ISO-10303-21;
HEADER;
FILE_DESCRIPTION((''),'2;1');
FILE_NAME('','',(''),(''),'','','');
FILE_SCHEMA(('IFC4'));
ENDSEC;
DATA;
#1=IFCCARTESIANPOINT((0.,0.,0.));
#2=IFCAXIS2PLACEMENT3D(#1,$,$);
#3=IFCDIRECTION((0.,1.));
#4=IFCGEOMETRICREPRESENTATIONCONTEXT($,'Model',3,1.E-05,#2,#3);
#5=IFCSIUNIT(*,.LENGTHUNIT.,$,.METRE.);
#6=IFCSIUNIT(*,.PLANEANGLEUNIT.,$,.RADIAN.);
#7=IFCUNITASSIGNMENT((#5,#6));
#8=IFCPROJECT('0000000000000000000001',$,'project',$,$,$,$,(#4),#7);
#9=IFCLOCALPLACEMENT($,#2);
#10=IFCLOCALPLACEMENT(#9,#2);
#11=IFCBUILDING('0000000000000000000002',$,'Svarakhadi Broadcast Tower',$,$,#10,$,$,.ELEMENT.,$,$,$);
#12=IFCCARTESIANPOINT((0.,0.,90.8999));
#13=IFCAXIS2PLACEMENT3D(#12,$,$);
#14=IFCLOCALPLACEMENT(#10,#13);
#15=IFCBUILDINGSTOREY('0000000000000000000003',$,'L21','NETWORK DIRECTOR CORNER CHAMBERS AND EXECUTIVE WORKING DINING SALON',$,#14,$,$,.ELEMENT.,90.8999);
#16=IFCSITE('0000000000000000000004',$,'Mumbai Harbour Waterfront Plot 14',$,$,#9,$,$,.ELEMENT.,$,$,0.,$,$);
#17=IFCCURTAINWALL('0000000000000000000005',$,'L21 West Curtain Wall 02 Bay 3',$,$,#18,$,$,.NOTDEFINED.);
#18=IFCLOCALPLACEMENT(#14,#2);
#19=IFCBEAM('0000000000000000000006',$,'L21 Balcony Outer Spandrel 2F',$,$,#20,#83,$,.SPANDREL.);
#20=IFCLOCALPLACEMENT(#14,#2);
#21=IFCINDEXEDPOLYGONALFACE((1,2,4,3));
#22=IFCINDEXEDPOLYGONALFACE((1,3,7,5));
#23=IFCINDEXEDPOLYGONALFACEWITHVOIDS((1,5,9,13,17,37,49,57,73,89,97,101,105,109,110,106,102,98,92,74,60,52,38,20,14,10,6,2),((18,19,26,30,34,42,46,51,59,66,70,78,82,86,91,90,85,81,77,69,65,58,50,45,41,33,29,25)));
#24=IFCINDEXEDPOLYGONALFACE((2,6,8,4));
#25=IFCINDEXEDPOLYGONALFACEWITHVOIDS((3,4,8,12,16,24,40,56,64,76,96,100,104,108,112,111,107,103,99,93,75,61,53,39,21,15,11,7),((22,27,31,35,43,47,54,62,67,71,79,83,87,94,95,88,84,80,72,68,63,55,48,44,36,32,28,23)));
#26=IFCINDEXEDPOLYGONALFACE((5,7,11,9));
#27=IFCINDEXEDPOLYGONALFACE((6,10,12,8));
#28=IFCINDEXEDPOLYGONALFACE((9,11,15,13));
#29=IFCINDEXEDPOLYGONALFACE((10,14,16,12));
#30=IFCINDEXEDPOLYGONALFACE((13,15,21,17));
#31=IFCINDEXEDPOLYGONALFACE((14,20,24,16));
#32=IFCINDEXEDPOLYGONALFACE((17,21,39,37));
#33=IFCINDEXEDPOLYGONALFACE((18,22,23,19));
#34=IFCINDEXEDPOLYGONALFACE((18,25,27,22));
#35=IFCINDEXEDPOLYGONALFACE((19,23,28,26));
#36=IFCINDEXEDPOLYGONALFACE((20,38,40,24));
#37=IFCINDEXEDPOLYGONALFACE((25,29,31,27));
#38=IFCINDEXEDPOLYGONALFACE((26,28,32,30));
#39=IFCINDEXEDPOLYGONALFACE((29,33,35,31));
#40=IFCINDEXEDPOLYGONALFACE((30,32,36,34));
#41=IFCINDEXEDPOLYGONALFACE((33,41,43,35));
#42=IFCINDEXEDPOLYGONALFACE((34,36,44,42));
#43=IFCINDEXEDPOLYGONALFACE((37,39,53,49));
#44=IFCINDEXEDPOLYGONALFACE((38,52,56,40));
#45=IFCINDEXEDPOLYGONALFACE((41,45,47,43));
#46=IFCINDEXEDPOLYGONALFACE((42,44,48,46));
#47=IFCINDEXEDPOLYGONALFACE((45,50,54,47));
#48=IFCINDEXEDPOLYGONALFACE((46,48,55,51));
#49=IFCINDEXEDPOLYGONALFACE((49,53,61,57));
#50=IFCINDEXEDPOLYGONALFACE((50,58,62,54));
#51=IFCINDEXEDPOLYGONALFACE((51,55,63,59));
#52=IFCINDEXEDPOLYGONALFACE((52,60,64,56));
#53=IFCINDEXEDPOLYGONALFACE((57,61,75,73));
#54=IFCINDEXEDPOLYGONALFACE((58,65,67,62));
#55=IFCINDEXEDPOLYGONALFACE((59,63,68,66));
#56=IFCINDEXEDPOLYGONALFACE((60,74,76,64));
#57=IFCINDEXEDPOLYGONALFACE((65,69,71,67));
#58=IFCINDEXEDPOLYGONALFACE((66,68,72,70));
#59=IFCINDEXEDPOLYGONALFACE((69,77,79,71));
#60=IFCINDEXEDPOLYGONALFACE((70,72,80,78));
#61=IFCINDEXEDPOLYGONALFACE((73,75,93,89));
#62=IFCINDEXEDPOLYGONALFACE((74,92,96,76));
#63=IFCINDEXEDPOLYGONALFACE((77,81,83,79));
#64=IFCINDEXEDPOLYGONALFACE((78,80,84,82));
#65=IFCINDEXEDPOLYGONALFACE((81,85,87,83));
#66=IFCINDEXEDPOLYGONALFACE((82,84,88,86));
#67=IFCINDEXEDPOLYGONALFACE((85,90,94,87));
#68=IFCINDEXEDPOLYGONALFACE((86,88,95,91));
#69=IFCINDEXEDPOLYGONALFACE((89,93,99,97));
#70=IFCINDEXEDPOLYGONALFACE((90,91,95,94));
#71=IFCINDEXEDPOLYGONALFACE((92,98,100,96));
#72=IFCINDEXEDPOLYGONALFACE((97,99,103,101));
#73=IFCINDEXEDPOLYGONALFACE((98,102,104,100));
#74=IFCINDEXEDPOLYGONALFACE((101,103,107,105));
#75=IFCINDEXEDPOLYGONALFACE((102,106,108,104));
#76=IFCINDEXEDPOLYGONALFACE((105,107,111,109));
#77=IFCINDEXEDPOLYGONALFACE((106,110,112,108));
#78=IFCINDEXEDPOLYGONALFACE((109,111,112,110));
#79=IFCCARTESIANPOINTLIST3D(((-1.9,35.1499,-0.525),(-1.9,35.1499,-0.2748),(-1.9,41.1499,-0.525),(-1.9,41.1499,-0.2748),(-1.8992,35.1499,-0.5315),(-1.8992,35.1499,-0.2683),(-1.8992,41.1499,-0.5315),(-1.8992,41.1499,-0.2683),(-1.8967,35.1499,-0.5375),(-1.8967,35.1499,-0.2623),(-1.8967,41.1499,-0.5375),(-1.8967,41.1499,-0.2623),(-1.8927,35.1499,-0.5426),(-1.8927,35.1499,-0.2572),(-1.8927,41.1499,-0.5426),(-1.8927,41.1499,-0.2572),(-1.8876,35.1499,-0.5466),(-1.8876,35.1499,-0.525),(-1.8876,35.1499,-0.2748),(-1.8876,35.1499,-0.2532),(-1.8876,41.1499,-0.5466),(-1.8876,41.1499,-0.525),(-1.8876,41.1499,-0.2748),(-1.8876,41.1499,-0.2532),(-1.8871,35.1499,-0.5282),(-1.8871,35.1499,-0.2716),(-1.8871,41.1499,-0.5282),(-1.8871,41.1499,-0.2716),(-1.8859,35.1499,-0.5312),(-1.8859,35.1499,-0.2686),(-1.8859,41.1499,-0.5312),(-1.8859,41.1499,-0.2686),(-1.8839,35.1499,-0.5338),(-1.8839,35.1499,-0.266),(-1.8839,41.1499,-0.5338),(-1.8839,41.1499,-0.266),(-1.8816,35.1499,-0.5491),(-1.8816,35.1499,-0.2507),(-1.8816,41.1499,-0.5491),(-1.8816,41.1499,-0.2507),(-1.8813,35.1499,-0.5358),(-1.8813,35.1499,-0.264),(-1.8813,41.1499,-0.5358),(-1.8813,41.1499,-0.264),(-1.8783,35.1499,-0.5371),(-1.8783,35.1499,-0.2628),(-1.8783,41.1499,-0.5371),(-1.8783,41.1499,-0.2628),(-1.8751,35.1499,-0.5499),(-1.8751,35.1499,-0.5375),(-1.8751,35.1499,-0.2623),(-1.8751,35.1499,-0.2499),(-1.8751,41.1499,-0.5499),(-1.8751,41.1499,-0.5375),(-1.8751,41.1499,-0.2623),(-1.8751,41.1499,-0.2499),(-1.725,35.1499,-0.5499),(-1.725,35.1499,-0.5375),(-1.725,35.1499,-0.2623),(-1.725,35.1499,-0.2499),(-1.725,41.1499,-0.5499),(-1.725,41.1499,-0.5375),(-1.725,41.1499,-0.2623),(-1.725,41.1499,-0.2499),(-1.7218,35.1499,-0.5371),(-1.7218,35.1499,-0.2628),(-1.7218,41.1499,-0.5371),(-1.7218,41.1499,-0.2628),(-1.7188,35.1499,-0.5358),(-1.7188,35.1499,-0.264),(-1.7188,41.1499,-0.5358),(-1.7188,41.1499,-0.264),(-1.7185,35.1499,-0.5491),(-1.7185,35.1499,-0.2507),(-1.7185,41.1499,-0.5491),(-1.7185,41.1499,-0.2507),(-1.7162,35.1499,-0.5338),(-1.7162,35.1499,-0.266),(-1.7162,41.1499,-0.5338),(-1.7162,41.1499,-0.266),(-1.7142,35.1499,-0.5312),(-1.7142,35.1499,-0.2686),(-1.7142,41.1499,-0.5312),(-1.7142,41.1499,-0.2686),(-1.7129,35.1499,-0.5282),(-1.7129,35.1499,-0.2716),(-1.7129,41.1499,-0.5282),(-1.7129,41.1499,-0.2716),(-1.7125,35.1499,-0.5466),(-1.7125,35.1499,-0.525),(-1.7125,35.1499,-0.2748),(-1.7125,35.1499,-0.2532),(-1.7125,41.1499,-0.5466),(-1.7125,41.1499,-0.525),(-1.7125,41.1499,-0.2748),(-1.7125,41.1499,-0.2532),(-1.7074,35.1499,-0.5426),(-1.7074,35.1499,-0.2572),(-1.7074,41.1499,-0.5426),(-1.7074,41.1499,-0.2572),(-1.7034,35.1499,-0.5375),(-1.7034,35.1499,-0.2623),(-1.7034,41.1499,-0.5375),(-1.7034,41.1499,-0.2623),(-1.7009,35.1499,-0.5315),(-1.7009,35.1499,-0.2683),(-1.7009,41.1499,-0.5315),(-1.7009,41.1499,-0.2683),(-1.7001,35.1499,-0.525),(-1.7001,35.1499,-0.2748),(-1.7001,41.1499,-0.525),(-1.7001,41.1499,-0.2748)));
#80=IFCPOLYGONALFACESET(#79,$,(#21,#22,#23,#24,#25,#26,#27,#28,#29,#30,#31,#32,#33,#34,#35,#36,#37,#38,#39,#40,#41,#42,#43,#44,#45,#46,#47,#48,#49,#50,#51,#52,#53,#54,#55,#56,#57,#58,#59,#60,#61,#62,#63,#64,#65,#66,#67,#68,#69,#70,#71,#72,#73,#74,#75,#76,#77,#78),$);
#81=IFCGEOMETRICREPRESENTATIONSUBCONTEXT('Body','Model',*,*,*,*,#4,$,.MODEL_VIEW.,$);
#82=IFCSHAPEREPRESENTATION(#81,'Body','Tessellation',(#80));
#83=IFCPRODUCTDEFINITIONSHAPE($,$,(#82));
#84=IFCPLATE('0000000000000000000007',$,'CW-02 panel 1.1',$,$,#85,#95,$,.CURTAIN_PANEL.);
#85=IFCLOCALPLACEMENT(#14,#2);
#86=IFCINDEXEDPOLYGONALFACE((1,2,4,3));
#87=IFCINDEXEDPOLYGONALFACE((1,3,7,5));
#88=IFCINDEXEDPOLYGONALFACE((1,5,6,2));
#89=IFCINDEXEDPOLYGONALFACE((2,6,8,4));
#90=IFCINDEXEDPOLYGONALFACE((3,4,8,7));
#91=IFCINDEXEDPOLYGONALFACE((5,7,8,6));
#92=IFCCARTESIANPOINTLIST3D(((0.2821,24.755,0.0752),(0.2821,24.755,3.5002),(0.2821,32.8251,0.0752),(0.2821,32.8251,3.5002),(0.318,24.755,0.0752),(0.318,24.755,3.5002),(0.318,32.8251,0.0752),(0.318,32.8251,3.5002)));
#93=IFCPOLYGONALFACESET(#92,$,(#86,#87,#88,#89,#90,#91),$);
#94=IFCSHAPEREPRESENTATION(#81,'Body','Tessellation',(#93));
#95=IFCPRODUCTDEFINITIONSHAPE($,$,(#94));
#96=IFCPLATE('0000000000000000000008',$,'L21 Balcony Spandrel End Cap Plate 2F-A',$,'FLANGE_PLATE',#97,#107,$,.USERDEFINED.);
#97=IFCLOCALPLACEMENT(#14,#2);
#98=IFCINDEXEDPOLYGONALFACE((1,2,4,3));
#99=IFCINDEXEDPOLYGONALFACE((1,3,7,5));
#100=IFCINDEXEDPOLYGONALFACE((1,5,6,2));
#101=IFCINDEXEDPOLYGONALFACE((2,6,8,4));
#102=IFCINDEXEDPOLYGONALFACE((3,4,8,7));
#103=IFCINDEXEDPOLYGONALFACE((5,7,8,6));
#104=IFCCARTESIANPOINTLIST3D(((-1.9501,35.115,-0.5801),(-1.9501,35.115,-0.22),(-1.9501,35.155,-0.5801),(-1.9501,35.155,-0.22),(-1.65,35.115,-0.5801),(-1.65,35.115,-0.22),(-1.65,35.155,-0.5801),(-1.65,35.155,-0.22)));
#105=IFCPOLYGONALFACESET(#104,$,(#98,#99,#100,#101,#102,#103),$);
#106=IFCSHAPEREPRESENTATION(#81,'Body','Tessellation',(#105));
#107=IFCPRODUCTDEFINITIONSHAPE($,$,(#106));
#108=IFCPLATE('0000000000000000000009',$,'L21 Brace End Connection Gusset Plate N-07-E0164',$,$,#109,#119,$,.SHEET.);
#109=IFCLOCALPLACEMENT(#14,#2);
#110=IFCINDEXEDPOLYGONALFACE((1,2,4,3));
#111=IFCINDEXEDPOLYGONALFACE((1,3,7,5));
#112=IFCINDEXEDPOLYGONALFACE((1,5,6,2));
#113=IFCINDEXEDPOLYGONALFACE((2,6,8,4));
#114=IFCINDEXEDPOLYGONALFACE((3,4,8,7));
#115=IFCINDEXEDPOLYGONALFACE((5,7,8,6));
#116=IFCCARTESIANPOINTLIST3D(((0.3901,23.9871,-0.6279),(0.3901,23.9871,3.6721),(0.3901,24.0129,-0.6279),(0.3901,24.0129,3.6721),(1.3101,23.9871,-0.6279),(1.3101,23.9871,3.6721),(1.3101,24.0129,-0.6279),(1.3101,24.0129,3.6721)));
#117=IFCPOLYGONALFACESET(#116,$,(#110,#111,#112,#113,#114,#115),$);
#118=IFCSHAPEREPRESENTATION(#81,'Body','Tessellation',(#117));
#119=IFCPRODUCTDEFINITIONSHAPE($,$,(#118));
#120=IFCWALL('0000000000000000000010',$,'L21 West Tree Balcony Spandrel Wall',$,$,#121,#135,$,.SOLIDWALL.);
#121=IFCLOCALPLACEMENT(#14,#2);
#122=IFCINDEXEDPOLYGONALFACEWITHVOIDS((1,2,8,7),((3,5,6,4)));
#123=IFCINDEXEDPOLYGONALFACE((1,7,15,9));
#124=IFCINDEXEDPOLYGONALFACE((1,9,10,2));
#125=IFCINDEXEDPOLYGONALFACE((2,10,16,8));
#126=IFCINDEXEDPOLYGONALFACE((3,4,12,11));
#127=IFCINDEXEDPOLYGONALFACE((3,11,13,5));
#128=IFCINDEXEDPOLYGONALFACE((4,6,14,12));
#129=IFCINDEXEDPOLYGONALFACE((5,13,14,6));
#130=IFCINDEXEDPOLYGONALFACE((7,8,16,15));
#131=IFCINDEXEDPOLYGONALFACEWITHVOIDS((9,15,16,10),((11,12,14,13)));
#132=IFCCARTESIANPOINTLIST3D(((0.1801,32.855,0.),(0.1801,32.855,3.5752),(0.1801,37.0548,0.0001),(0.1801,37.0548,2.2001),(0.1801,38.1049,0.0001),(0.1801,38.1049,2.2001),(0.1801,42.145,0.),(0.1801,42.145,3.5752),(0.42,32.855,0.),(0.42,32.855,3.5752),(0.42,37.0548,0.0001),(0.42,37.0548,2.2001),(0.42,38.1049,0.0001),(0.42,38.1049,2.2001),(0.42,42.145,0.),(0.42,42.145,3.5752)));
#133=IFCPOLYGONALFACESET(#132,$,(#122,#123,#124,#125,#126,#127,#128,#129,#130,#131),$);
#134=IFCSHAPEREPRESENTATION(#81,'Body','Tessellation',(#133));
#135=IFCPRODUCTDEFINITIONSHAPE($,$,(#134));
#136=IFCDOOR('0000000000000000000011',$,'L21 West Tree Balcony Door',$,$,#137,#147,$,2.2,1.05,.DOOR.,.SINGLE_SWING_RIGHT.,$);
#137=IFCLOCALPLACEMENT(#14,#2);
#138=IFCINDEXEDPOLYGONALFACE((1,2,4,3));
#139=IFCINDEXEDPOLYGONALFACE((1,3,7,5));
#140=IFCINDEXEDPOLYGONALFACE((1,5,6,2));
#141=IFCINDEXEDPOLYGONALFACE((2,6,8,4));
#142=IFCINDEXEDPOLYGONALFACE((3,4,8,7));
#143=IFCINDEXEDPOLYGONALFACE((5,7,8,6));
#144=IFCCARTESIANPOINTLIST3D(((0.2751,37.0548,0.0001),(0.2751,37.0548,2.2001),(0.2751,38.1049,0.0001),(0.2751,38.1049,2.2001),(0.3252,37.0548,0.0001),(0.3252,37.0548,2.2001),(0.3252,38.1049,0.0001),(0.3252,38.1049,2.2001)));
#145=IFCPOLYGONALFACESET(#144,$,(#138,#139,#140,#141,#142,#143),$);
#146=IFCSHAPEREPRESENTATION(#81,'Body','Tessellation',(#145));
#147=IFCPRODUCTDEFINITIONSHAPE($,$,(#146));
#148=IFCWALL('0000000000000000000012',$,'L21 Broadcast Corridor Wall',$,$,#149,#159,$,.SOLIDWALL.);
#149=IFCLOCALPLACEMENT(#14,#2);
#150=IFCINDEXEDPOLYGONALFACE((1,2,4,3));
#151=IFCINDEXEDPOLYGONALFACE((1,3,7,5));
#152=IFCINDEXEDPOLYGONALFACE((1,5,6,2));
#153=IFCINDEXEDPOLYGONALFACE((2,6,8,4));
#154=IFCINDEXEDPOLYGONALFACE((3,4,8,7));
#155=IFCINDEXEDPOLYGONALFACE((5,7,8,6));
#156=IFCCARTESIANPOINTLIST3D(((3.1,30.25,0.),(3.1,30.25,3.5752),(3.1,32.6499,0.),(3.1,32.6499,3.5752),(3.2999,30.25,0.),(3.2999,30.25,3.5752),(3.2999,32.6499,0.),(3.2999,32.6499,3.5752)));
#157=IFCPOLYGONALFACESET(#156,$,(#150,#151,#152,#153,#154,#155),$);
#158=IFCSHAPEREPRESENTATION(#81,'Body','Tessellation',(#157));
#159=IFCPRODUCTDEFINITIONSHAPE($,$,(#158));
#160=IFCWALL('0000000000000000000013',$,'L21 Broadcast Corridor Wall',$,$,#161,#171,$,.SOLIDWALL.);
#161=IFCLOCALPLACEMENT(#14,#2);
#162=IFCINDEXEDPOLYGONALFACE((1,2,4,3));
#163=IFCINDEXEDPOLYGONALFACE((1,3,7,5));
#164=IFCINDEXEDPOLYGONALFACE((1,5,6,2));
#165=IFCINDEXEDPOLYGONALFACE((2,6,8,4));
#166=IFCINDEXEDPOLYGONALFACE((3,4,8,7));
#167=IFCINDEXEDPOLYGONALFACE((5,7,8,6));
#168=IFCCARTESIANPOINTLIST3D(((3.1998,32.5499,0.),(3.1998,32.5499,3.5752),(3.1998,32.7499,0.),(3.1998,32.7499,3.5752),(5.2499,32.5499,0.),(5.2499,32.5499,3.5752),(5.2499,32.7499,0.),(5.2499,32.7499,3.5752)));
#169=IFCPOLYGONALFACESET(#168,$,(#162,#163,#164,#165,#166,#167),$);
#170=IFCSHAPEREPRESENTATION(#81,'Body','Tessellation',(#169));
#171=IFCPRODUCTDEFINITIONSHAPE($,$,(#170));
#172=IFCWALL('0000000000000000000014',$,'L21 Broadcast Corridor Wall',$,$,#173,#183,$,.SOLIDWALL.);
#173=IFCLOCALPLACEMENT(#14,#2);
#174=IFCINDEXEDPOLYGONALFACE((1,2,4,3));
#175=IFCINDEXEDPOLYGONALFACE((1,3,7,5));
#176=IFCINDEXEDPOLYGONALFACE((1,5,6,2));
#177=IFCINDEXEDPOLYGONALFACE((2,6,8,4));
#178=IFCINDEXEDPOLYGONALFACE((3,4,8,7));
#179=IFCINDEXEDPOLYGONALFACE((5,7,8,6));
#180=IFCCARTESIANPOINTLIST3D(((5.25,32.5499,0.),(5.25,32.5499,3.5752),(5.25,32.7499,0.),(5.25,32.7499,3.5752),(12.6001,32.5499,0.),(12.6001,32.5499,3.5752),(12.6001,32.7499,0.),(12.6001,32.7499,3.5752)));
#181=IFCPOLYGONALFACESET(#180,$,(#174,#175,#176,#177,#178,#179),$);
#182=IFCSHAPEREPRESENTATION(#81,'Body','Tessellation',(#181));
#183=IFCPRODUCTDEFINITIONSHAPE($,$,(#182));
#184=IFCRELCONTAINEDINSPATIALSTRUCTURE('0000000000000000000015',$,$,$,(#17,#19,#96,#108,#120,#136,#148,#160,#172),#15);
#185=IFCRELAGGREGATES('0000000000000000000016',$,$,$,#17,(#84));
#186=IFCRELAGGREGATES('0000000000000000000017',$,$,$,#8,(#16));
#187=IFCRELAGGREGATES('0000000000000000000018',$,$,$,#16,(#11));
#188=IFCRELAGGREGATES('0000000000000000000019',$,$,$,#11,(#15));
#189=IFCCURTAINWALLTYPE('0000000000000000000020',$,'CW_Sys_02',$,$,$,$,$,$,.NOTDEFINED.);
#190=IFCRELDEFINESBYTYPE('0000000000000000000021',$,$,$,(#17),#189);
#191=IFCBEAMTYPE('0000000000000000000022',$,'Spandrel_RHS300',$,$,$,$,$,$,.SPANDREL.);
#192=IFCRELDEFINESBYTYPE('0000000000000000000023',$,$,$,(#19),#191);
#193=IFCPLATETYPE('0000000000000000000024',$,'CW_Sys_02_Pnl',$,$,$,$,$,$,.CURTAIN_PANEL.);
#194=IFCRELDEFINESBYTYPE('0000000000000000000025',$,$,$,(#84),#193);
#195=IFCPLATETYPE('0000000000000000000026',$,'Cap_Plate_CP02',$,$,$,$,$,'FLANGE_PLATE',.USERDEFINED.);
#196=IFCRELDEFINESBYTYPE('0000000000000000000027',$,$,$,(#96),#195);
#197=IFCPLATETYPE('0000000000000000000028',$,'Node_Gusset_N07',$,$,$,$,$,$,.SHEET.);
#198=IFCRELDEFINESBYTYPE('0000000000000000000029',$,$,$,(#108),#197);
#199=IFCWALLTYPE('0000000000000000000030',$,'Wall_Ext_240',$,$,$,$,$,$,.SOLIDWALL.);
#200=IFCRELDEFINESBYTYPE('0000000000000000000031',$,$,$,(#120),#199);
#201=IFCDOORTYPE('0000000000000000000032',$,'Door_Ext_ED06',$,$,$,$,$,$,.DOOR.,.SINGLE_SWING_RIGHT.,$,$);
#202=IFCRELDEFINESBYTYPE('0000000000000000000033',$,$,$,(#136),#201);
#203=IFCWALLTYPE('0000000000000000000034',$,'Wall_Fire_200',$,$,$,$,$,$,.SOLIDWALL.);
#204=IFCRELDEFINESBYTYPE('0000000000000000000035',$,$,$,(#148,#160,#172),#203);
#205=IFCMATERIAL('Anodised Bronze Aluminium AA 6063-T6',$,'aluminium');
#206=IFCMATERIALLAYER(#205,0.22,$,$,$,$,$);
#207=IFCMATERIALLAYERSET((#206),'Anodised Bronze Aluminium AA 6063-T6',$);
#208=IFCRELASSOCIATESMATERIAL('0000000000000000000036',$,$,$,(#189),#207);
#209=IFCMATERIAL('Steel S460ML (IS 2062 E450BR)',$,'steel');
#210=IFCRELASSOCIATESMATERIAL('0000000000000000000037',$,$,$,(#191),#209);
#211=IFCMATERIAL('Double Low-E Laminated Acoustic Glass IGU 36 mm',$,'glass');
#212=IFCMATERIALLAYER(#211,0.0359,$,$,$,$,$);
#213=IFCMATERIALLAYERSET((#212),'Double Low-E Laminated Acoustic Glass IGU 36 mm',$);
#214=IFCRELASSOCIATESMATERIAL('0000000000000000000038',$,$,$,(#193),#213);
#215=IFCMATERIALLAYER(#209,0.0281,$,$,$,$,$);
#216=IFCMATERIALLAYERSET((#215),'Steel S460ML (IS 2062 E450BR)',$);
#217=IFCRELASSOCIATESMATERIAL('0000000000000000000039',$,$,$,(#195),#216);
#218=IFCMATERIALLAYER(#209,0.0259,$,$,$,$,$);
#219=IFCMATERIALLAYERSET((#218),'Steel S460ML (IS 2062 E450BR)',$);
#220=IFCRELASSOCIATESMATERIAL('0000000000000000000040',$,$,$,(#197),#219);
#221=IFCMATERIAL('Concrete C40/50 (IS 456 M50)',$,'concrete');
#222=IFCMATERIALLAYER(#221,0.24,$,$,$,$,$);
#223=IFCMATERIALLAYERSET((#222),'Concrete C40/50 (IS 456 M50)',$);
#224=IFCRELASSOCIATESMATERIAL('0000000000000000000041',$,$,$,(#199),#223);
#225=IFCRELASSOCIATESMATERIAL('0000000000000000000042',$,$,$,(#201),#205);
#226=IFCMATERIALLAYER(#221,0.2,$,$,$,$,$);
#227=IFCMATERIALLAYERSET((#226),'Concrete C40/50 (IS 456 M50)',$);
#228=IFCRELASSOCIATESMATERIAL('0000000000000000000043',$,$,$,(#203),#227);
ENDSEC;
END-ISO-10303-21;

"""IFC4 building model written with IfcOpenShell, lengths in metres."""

from ifc_helpers import new_model, si_unit, direction, frame, frame_2d, origin, origin_2d, place, context, subcontext, project, spatial, rectangle, hollow_rectangle, extrude, material, layer, layer_set, material_profile, profile_set, type_object, element, fill, aggregate, save


model = new_model("IFC4")

# Units and contexts
model_context = context("Model", 3, precision=1e-05, world=origin(), true_north=direction((0.0, 1.0)))
body_context = subcontext(model_context, "Body", "Model", "MODEL_VIEW")
ifc_project = project(units=[si_unit("LENGTHUNIT", "METRE"), si_unit("PLANEANGLEUNIT", "RADIAN")], contexts=[model_context])

# Site, building, storey
site_placement = place(None, origin())
site = spatial("IfcSite", under=ifc_project, at=site_placement, Name="Mumbai Harbour Waterfront Plot 14", CompositionType="ELEMENT", RefElevation=0.0)
building_placement = place(site_placement, origin())
building = spatial("IfcBuilding", under=site, at=building_placement, Name="Svarakhadi Broadcast Tower", CompositionType="ELEMENT")
storey_placement = place(building_placement, frame((0.0, 0.0, 90.8999)))
storey = spatial("IfcBuildingStorey", under=building, at=storey_placement, Name="L21", Description="NETWORK DIRECTOR CORNER CHAMBERS AND EXECUTIVE WORKING DINING SALON", CompositionType="ELEMENT", Elevation=90.8999)

# Shared definitions
ifc_material_1 = material(Name="Steel S460ML (IS 2062 E450BR)", Category="steel")

# Curtain wall
ifc_material_2 = material(Name="Anodised Bronze Aluminium AA 6063-T6", Category="aluminium")
ifc_layer_1 = layer(ifc_material_2, 0.22)
ifc_layer_set_1 = layer_set([ifc_layer_1], Name="Anodised Bronze Aluminium AA 6063-T6")
curtain_wall_type = type_object("IfcCurtainWallType", Name="CW_Sys_02", PredefinedType="NOTDEFINED", material=ifc_layer_set_1)
curtain_wall_placement = place(storey_placement, origin())
curtain_wall = element("IfcCurtainWall", 1, at=curtain_wall_placement, inside=storey, type_object=curtain_wall_type, Name="L21 West Curtain Wall 02 Bay 3", PredefinedType="NOTDEFINED")

# Beam
ifc_material_profile_1 = material_profile(ifc_material_1, hollow_rectangle(XDim=0.2, YDim=0.3, WallThickness=0.0125, InnerFilletRadius=0.0125, OuterFilletRadius=0.0249, at=origin_2d()), Name="RHS 300x200x12.5")
ifc_profile_set_1 = profile_set([ifc_material_profile_1], Name="Steel S460ML (IS 2062 E450BR)")
beam_type_1 = type_object("IfcBeamType", Name="Spandrel_RHS300", PredefinedType="SPANDREL", material=ifc_profile_set_1)
beam_1_placement = place(storey_placement, frame((-1.8, 35.1499, -0.3999), z_axis=(0.0, 1.0, 0.0), x_axis=(-1.0, 0.0, 0.0)))
element("IfcBeam", 2, at=beam_1_placement, inside=storey, type_object=beam_type_1, Name="L21 Balcony Outer Spandrel 2F", PredefinedType="SPANDREL", context=body_context, shape_type="SweptSolid", body=[
    extrude(hollow_rectangle(XDim=0.2, YDim=0.3, WallThickness=0.0125, InnerFilletRadius=0.0125, OuterFilletRadius=0.0249, at=origin_2d()), origin(), (0.0, 0.0, 1.0), 6.0),
])

# Plate
ifc_material_3 = material(Name="Double Low-E Laminated Acoustic Glass IGU 36 mm", Category="glass")
ifc_layer_2 = layer(ifc_material_3, 0.0359)
ifc_layer_set_2 = layer_set([ifc_layer_2], Name="Double Low-E Laminated Acoustic Glass IGU 36 mm")
plate_type_1 = type_object("IfcPlateType", Name="CW_Sys_02_Pnl", PredefinedType="CURTAIN_PANEL", material=ifc_layer_set_2)
plate_1_placement = place(storey_placement, frame((0.3, 28.79, 0.0752), z_axis=(0.0, 0.0, 1.0), x_axis=(0.0, 1.0, 0.0)))
plate_1 = element("IfcPlate", 3, at=plate_1_placement, type_object=plate_type_1, Name="CW-02 panel 1.1", PredefinedType="CURTAIN_PANEL", context=body_context, shape_type="SweptSolid", body=[
    extrude(rectangle(XDim=8.0701, YDim=0.0359, at=origin_2d()), origin(), (0.0, 0.0, 1.0), 3.425),
])
aggregate(curtain_wall, [plate_1])

# Plates
ifc_layer_3 = layer(ifc_material_1, 0.0281)
ifc_layer_set_3 = layer_set([ifc_layer_3], Name="Steel S460ML (IS 2062 E450BR)")
plate_type_2 = type_object("IfcPlateType", Name="Cap_Plate_CP02", ElementType="FLANGE_PLATE", PredefinedType="USERDEFINED", material=ifc_layer_set_3)
plate_2_placement = place(storey_placement, frame((-1.8, 35.135, -0.5801), z_axis=(0.0, 0.0, 1.0), x_axis=(1.0, 0.0, 0.0)))
element("IfcPlate", 4, at=plate_2_placement, inside=storey, type_object=plate_type_2, Name="L21 Balcony Spandrel End Cap Plate 2F-A", ObjectType="FLANGE_PLATE", PredefinedType="USERDEFINED", context=body_context, shape_type="SweptSolid", body=[
    extrude(rectangle(XDim=0.3, YDim=0.04, at=origin_2d()), origin(), (0.0, 0.0, 1.0), 0.3601),
])
ifc_layer_4 = layer(ifc_material_1, 0.0259)
ifc_layer_set_4 = layer_set([ifc_layer_4], Name="Steel S460ML (IS 2062 E450BR)")
plate_type_3 = type_object("IfcPlateType", Name="Node_Gusset_N07", PredefinedType="SHEET", material=ifc_layer_set_4)
plate_3_placement = place(storey_placement, frame((0.8501, 24.0, -0.6279), z_axis=(0.0, 0.0, 1.0), x_axis=(1.0, 0.0, 0.0)))
element("IfcPlate", 5, at=plate_3_placement, inside=storey, type_object=plate_type_3, Name="L21 Brace End Connection Gusset Plate N-07-E0164", PredefinedType="SHEET", context=body_context, shape_type="SweptSolid", body=[
    extrude(rectangle(XDim=0.9199, YDim=0.0259, at=origin_2d()), origin(), (0.0, 0.0, 1.0), 4.3),
])

# Wall, opening, door
ifc_material_4 = material(Name="Concrete C40/50 (IS 456 M50)", Category="concrete")
ifc_layer_5 = layer(ifc_material_4, 0.24)
ifc_layer_set_5 = layer_set([ifc_layer_5], Name="Concrete C40/50 (IS 456 M50)")
wall_type_1 = type_object("IfcWallType", Name="Wall_Ext_240", PredefinedType="SOLIDWALL", material=ifc_layer_set_5)
wall_1_placement = place(storey_placement, frame((0.3, 32.855, 0.0), z_axis=(0.0, 0.0, 1.0), x_axis=(0.0, 1.0, 0.0)))
wall_1 = element("IfcWall", 6, at=wall_1_placement, inside=storey, type_object=wall_type_1, Name="L21 West Tree Balcony Spandrel Wall", PredefinedType="SOLIDWALL", context=body_context, shape_type="SweptSolid", body=[
    extrude(rectangle(XDim=9.29, YDim=0.24, at=frame_2d((4.645, 0.0))), origin(), (0.0, 0.0, 1.0), 3.5752),
])
opening_1_placement = place(wall_1_placement, frame((4.2, 0.0, 0.0)))
opening_1 = element("IfcOpeningElement", 7, at=opening_1_placement, cuts=wall_1, PredefinedType="OPENING", context=body_context, shape_type="SweptSolid", body=[
    extrude(rectangle(XDim=1.05, YDim=2.2, at=frame_2d((0.5249, 1.1001))), frame((0.0, 0.1299, 0.0), z_axis=(0.0, -1.0, 0.0), x_axis=(1.0, 0.0, 0.0)), (0.0, 0.0, 1.0), 0.26),
])
door_type_1 = type_object("IfcDoorType", Name="Door_Ext_ED06", OperationType="SINGLE_SWING_RIGHT", PredefinedType="DOOR", material=ifc_material_2)
door_1_placement = place(opening_1_placement, origin())
door_1 = element("IfcDoor", 8, at=door_1_placement, inside=storey, type_object=door_type_1, Name="L21 West Tree Balcony Door", OperationType="SINGLE_SWING_RIGHT", OverallHeight=2.2, OverallWidth=1.05, PredefinedType="DOOR", context=body_context, shape_type="SweptSolid", body=[
    extrude(rectangle(XDim=1.05, YDim=2.2, at=frame_2d((0.5249, 1.1001))), frame((0.0, 0.0249, 0.0), z_axis=(0.0, -1.0, 0.0), x_axis=(1.0, 0.0, 0.0)), (0.0, 0.0, 1.0), 0.05),
])
fill(opening_1, door_1)

# Walls
ifc_layer_6 = layer(ifc_material_4, 0.2)
ifc_layer_set_6 = layer_set([ifc_layer_6], Name="Concrete C40/50 (IS 456 M50)")
wall_type_2 = type_object("IfcWallType", Name="Wall_Fire_200", PredefinedType="SOLIDWALL", material=ifc_layer_set_6)
wall_2_placement = place(storey_placement, frame((3.2, 30.25, 0.0), z_axis=(0.0, 0.0, 1.0), x_axis=(0.0, 1.0, 0.0)))
element("IfcWall", 9, at=wall_2_placement, inside=storey, type_object=wall_type_2, Name="L21 Broadcast Corridor Wall", PredefinedType="SOLIDWALL", context=body_context, shape_type="SweptSolid", body=[
    extrude(rectangle(XDim=2.3999, YDim=0.2, at=frame_2d((1.2, 0.0))), origin(), (0.0, 0.0, 1.0), 3.5752),
])
wall_3_placement = place(storey_placement, frame((3.2, 32.6499, 0.0), z_axis=(0.0, 0.0, 1.0), x_axis=(1.0, 0.0, 0.0)))
element("IfcWall", 10, at=wall_3_placement, inside=storey, type_object=wall_type_2, Name="L21 Broadcast Corridor Wall", PredefinedType="SOLIDWALL", context=body_context, shape_type="SweptSolid", body=[
    extrude(rectangle(XDim=2.05, YDim=0.2, at=frame_2d((1.0249, 0.0))), origin(), (0.0, 0.0, 1.0), 3.5752),
])
wall_4_placement = place(storey_placement, frame((5.25, 32.6499, 0.0), z_axis=(0.0, 0.0, 1.0), x_axis=(1.0, 0.0, 0.0)))
element("IfcWall", 11, at=wall_4_placement, inside=storey, type_object=wall_type_2, Name="L21 Broadcast Corridor Wall", PredefinedType="SOLIDWALL", context=body_context, shape_type="SweptSolid", body=[
    extrude(rectangle(XDim=7.3501, YDim=0.2, at=frame_2d((3.675, 0.0))), origin(), (0.0, 0.0, 1.0), 3.5752),
])

save(model, "model.ifc")
